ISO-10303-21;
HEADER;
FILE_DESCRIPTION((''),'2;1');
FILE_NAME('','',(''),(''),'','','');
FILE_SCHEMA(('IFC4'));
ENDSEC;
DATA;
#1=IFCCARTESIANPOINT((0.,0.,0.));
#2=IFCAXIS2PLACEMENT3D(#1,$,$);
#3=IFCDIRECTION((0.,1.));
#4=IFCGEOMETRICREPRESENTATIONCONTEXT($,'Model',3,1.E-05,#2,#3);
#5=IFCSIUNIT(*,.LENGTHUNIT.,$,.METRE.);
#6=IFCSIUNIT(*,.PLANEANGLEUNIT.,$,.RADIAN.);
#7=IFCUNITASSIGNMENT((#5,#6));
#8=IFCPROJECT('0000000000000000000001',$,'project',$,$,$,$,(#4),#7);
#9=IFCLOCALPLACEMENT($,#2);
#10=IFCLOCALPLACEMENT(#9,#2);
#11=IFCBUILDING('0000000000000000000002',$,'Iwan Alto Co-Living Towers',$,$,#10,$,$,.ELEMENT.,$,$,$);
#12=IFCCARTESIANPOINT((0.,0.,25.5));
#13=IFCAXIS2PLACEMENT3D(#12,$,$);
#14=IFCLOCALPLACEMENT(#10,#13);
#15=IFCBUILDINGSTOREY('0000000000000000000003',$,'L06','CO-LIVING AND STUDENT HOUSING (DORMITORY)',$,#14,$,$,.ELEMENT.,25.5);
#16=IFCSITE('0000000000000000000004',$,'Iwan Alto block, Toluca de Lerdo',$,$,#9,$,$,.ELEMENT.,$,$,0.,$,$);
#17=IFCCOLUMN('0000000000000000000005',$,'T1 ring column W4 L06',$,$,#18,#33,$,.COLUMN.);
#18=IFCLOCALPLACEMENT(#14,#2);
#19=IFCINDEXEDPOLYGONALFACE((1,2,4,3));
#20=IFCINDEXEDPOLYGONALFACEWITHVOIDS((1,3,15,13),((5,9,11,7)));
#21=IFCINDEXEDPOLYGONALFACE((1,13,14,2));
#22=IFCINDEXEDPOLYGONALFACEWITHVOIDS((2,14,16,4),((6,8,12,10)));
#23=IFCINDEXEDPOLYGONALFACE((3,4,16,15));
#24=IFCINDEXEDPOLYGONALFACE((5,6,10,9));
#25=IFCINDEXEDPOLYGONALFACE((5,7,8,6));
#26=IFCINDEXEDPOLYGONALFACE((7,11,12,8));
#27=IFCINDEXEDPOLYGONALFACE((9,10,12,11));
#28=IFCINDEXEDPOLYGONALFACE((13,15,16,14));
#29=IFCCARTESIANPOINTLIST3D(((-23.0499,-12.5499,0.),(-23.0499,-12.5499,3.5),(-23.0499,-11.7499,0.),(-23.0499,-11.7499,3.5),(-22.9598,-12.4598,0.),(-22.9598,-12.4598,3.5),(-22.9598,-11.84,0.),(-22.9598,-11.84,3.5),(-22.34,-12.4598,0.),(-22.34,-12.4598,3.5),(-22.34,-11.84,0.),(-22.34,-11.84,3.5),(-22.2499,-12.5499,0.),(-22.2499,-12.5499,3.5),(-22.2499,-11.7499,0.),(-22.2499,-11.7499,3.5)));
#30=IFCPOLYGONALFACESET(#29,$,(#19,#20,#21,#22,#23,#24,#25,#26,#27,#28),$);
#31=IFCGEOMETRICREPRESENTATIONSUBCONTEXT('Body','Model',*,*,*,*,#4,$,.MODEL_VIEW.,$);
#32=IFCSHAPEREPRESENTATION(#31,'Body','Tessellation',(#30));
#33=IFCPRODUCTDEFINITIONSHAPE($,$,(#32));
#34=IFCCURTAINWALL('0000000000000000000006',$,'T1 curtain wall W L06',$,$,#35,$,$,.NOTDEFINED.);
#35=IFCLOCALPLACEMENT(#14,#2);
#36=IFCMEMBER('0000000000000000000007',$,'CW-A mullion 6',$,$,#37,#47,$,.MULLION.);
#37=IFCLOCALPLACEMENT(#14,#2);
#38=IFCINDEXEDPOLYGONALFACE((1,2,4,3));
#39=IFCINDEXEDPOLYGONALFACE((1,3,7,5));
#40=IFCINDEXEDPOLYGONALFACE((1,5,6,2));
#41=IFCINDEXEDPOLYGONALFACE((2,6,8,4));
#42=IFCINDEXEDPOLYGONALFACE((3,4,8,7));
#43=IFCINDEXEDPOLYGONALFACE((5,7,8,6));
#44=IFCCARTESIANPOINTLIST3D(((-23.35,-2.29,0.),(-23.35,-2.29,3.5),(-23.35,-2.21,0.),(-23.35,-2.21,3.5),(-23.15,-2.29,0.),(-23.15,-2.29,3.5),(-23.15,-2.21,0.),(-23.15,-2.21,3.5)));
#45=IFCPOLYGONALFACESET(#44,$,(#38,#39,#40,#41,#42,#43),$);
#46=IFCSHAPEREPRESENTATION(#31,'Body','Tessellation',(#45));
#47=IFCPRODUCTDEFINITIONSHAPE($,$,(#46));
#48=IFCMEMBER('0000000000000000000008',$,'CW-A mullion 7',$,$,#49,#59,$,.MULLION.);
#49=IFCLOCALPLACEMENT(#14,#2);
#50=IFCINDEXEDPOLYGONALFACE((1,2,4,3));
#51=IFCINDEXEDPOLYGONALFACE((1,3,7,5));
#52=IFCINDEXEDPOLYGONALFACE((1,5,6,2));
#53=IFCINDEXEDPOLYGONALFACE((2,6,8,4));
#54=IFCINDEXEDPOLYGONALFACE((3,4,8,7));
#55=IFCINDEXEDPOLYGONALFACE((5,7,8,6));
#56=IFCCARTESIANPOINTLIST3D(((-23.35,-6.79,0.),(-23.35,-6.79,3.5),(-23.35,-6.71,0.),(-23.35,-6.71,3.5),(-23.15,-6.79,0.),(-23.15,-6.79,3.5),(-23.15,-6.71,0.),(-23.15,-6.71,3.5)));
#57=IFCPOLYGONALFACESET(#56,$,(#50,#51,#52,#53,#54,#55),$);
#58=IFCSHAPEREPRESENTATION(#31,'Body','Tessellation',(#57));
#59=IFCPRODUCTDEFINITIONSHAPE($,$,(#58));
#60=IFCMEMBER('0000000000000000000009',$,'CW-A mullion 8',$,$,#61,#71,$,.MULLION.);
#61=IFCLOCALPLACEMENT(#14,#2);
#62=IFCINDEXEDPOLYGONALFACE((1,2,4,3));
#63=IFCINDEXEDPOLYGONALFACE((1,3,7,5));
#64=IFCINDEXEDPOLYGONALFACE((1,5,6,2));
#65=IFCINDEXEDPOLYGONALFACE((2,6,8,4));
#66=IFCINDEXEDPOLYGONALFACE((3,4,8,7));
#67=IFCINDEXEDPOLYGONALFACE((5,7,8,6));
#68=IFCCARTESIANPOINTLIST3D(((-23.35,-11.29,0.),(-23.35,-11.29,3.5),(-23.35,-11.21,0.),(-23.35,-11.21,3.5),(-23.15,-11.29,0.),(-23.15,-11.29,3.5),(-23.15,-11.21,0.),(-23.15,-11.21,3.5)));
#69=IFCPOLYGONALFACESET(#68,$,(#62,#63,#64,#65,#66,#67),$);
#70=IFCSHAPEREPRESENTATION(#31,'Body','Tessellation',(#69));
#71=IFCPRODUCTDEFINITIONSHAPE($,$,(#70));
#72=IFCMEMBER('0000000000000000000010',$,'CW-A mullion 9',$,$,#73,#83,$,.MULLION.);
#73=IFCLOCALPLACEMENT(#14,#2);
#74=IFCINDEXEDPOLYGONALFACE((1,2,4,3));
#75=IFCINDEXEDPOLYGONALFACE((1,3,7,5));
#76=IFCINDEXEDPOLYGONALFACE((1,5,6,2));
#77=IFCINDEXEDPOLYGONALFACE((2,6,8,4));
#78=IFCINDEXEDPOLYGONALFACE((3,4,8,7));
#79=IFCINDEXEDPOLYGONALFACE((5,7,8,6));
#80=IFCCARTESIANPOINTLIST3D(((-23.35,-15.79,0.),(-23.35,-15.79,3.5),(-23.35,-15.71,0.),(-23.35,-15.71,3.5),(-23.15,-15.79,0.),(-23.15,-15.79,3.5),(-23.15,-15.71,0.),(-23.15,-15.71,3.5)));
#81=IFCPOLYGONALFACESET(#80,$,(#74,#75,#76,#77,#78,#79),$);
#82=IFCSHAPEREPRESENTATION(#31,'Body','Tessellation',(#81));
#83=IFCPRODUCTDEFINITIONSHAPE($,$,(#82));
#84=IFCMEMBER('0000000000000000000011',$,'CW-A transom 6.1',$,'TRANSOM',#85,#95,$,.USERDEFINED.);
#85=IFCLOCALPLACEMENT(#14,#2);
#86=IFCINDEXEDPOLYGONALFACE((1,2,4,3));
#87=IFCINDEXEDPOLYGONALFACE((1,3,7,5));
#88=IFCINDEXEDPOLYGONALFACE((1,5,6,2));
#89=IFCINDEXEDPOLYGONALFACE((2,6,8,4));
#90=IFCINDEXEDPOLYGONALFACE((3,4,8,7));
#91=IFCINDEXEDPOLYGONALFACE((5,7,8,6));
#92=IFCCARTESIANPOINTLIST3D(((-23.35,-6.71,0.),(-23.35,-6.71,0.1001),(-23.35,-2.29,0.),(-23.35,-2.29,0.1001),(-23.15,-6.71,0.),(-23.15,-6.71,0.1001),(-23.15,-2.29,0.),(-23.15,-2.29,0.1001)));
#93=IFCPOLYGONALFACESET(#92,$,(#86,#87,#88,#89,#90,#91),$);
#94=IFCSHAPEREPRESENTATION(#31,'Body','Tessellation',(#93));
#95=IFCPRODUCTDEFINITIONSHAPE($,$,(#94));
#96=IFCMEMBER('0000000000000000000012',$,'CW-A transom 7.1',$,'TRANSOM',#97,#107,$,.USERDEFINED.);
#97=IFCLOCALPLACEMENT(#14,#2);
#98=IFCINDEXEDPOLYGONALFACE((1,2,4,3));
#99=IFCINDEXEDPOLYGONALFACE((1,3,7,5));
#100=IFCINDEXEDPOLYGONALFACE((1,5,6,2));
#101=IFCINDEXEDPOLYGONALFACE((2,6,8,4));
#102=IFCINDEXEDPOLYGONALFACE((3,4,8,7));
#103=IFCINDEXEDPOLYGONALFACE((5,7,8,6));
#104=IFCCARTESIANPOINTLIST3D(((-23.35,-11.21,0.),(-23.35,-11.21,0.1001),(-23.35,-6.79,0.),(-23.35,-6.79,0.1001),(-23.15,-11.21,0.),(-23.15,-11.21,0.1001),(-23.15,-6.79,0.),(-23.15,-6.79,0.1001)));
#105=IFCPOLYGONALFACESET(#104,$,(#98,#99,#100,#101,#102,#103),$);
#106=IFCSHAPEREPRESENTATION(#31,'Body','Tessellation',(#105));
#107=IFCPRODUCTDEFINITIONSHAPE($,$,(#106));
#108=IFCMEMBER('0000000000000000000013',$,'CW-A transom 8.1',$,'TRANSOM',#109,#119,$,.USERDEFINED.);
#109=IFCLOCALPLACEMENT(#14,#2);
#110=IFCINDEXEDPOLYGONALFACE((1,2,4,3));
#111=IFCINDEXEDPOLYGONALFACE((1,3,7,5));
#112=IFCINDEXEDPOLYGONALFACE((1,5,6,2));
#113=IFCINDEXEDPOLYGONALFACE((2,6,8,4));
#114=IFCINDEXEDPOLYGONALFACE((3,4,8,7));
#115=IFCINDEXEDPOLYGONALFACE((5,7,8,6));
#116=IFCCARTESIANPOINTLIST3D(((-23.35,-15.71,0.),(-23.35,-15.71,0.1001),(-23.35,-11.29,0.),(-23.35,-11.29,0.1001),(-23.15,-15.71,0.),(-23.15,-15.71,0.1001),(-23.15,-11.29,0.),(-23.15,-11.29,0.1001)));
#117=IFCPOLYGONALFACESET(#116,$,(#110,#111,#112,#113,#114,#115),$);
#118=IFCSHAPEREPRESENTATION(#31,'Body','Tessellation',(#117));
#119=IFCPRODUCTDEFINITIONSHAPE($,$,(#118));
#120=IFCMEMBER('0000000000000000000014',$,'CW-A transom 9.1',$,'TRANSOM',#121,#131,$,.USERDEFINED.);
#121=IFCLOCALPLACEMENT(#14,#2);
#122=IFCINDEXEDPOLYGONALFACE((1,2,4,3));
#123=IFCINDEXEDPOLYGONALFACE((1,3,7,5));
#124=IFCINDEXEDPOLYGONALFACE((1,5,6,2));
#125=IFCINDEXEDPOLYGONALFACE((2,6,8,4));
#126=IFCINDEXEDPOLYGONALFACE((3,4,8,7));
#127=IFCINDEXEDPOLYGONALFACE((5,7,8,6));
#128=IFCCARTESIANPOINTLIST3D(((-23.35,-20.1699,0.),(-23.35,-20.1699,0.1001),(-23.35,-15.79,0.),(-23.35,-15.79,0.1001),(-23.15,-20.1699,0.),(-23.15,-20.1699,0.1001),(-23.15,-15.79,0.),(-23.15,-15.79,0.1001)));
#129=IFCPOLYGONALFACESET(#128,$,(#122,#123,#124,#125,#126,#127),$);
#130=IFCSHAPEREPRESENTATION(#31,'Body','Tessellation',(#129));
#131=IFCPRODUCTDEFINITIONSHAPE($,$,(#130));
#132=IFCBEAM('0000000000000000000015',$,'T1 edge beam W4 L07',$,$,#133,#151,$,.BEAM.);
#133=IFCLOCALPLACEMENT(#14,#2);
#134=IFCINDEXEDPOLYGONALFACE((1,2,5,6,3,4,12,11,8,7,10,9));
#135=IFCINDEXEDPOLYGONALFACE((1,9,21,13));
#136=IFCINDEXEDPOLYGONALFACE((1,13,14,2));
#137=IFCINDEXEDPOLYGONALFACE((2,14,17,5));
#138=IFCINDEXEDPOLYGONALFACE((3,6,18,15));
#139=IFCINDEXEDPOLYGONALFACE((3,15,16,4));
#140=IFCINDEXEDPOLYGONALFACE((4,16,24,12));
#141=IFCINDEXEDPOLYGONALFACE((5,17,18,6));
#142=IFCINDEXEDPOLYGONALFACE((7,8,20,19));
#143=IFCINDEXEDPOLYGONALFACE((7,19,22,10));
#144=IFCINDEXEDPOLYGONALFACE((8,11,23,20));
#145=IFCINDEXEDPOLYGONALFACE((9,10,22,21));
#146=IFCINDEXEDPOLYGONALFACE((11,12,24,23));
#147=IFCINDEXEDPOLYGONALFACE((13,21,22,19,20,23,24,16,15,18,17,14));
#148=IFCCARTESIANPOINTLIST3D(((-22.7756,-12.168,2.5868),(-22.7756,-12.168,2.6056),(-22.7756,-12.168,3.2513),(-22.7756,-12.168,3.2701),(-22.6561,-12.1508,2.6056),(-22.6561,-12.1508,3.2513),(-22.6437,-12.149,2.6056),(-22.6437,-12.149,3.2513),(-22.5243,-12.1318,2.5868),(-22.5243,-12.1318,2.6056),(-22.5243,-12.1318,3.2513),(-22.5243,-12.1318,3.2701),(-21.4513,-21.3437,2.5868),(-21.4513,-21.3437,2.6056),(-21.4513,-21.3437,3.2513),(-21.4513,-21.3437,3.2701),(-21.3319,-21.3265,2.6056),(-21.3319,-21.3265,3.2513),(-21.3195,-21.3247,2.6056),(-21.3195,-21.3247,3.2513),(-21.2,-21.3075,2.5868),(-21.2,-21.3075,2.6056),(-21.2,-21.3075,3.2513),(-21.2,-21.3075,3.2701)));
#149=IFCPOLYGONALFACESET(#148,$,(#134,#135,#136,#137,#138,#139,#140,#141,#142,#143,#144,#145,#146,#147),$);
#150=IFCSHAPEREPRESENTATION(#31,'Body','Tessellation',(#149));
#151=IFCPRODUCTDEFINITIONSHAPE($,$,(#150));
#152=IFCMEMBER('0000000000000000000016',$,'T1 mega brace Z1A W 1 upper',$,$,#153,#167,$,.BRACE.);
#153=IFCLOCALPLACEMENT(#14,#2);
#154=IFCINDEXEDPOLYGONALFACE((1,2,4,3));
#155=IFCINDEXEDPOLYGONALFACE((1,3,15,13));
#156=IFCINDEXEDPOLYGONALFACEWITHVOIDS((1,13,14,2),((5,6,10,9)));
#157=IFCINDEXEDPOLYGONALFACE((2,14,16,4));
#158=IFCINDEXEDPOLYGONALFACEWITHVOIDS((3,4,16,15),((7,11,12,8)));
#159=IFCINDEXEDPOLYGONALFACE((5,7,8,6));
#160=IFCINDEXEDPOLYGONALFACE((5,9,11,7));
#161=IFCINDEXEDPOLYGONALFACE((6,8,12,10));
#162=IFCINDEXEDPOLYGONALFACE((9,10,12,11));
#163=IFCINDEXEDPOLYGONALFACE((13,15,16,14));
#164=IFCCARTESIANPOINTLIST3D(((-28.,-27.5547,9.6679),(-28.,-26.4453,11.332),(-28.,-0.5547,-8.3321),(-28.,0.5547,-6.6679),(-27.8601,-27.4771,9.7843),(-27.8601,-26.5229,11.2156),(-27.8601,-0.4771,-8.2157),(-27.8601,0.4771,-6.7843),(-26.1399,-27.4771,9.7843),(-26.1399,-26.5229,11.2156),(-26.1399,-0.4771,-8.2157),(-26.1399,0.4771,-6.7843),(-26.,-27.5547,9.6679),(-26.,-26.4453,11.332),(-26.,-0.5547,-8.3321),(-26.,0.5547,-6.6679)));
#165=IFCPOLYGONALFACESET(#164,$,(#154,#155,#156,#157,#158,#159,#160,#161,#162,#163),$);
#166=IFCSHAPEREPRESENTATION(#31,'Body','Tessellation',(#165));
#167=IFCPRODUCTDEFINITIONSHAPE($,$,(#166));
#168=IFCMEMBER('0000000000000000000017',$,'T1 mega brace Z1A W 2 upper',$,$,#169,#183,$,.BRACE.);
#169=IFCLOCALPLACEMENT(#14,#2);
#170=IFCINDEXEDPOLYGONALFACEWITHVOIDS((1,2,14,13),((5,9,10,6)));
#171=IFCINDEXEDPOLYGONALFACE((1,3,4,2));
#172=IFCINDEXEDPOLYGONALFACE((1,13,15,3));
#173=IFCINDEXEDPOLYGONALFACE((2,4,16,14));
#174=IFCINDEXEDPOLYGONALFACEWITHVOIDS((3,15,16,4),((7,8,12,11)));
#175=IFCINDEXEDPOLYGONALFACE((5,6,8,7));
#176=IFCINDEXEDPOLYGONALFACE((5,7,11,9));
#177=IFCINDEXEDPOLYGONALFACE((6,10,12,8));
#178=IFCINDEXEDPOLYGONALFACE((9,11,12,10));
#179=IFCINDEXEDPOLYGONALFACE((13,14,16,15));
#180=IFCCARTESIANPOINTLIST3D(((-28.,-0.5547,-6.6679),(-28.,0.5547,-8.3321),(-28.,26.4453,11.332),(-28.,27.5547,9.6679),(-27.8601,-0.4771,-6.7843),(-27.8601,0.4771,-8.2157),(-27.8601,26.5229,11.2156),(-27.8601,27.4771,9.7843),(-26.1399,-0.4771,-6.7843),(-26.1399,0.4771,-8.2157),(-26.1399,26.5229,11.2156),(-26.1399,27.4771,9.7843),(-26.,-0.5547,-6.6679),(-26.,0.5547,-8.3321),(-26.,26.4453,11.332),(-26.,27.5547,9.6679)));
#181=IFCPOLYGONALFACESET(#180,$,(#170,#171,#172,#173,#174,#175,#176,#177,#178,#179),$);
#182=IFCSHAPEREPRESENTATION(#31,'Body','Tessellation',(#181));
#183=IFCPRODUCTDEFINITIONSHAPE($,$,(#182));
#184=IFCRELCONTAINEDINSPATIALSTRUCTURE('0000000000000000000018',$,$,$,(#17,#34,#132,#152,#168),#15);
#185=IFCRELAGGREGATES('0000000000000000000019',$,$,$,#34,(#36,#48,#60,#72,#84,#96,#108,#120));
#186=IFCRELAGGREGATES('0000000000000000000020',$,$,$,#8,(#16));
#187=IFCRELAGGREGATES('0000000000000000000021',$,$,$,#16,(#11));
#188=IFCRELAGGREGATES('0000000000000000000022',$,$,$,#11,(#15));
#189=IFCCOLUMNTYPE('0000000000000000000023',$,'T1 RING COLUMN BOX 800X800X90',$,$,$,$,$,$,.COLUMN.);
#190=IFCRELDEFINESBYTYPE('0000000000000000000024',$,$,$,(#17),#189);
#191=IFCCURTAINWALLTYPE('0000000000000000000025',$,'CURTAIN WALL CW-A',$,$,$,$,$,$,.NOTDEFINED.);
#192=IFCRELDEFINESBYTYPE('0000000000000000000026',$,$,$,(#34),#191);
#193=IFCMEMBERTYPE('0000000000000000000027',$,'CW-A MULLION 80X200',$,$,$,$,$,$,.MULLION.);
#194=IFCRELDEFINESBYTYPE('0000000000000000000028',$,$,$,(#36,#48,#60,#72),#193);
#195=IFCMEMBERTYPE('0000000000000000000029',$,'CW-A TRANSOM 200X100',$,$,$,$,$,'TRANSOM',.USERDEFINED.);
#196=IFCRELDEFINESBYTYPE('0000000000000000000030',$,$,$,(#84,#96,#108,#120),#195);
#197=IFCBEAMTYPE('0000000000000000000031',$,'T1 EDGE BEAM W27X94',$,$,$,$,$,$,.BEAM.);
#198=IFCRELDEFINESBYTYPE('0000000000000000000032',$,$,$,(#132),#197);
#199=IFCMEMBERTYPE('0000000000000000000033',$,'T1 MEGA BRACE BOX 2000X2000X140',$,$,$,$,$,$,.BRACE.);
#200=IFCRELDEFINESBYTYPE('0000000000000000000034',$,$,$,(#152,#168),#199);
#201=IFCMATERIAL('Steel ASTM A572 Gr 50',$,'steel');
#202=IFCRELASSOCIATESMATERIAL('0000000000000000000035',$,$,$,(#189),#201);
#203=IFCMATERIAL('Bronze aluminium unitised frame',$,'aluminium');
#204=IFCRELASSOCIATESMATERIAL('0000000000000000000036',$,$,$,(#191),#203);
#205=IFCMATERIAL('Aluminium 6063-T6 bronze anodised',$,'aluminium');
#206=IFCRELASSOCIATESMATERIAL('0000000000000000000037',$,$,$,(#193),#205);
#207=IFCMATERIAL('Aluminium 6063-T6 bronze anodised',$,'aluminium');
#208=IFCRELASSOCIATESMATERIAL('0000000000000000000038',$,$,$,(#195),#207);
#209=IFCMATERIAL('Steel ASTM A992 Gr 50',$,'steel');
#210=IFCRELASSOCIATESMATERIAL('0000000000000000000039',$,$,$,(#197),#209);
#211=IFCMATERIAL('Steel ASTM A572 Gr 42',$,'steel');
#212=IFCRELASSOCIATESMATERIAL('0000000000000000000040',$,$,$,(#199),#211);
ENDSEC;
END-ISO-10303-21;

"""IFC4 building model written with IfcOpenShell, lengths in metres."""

from ifc_helpers import new_model, si_unit, direction, frame, origin, origin_2d, place, context, subcontext, project, spatial, rectangle, hollow_rectangle, i_section, extrude, material, material_profile, profile_set, type_object, element, aggregate, save


model = new_model("IFC4")

# Units and contexts
model_context = context("Model", 3, precision=1e-05, world=origin(), true_north=direction((0.0, 1.0)))
body_context = subcontext(model_context, "Body", "Model", "MODEL_VIEW")
ifc_project = project(units=[si_unit("LENGTHUNIT", "METRE"), si_unit("PLANEANGLEUNIT", "RADIAN")], contexts=[model_context])

# Site, building, storey
site_placement = place(None, origin())
site = spatial("IfcSite", under=ifc_project, at=site_placement, Name="Iwan Alto block, Toluca de Lerdo", CompositionType="ELEMENT", RefElevation=0.0)
building_placement = place(site_placement, origin())
building = spatial("IfcBuilding", under=site, at=building_placement, Name="Iwan Alto Co-Living Towers", CompositionType="ELEMENT")
storey_placement = place(building_placement, frame((0.0, 0.0, 25.5)))
storey = spatial("IfcBuildingStorey", under=building, at=storey_placement, Name="L06", Description="CO-LIVING AND STUDENT HOUSING (DORMITORY)", CompositionType="ELEMENT", Elevation=25.5)

# Column
ifc_material_1 = material(Name="Steel ASTM A572 Gr 50", Category="steel")
ifc_material_profile_1 = material_profile(ifc_material_1, hollow_rectangle(XDim=0.8, YDim=0.8, WallThickness=0.0901, at=origin_2d()), Name="BOX 800X800X90")
ifc_profile_set_1 = profile_set([ifc_material_profile_1], Name="Steel ASTM A572 Gr 50")
column_type = type_object("IfcColumnType", Name="T1 RING COLUMN BOX 800X800X90", PredefinedType="COLUMN", material=ifc_profile_set_1)
column_placement = place(storey_placement, frame((-22.6499, -12.1499, 0.0), z_axis=(0.0, 0.0, 1.0), x_axis=(1.0, 0.0, 0.0)))
element("IfcColumn", 1, at=column_placement, inside=storey, type_object=column_type, Name="T1 ring column W4 L06", PredefinedType="COLUMN", context=body_context, shape_type="SweptSolid", body=[
    extrude(hollow_rectangle(XDim=0.8, YDim=0.8, WallThickness=0.0901, at=origin_2d()), origin(), (0.0, 0.0, 1.0), 3.5),
])

# Curtain wall, members
ifc_material_2 = material(Name="Bronze aluminium unitised frame", Category="aluminium")
curtain_wall_type = type_object("IfcCurtainWallType", Name="CURTAIN WALL CW-A", PredefinedType="NOTDEFINED", material=ifc_material_2)
curtain_wall_placement = place(storey_placement, origin())
curtain_wall = element("IfcCurtainWall", 2, at=curtain_wall_placement, inside=storey, type_object=curtain_wall_type, Name="T1 curtain wall W L06", PredefinedType="NOTDEFINED")
ifc_material_3 = material(Name="Aluminium 6063-T6 bronze anodised", Category="aluminium")
ifc_material_profile_2 = material_profile(ifc_material_3, rectangle(XDim=0.2, YDim=0.0801, at=origin_2d()), Name="AL 80X200")
ifc_profile_set_2 = profile_set([ifc_material_profile_2], Name="Aluminium 6063-T6 bronze anodised")
member_type_1 = type_object("IfcMemberType", Name="CW-A MULLION 80X200", PredefinedType="MULLION", material=ifc_profile_set_2)
member_1_placement = place(storey_placement, frame((-23.25, -2.25, 0.0), z_axis=(0.0, 0.0, 1.0), x_axis=(1.0, 0.0, 0.0)))
member_1 = element("IfcMember", 3, at=member_1_placement, type_object=member_type_1, Name="CW-A mullion 6", PredefinedType="MULLION", context=body_context, shape_type="SweptSolid", body=[
    extrude(rectangle(XDim=0.2, YDim=0.0801, at=origin_2d()), origin(), (0.0, 0.0, 1.0), 3.5),
])
member_2_placement = place(storey_placement, frame((-23.25, -6.75, 0.0), z_axis=(0.0, 0.0, 1.0), x_axis=(1.0, 0.0, 0.0)))
member_2 = element("IfcMember", 4, at=member_2_placement, type_object=member_type_1, Name="CW-A mullion 7", PredefinedType="MULLION", context=body_context, shape_type="SweptSolid", body=[
    extrude(rectangle(XDim=0.2, YDim=0.0801, at=origin_2d()), origin(), (0.0, 0.0, 1.0), 3.5),
])
member_3_placement = place(storey_placement, frame((-23.25, -11.25, 0.0), z_axis=(0.0, 0.0, 1.0), x_axis=(1.0, 0.0, 0.0)))
member_3 = element("IfcMember", 5, at=member_3_placement, type_object=member_type_1, Name="CW-A mullion 8", PredefinedType="MULLION", context=body_context, shape_type="SweptSolid", body=[
    extrude(rectangle(XDim=0.2, YDim=0.0801, at=origin_2d()), origin(), (0.0, 0.0, 1.0), 3.5),
])
member_4_placement = place(storey_placement, frame((-23.25, -15.75, 0.0), z_axis=(0.0, 0.0, 1.0), x_axis=(1.0, 0.0, 0.0)))
member_4 = element("IfcMember", 6, at=member_4_placement, type_object=member_type_1, Name="CW-A mullion 9", PredefinedType="MULLION", context=body_context, shape_type="SweptSolid", body=[
    extrude(rectangle(XDim=0.2, YDim=0.0801, at=origin_2d()), origin(), (0.0, 0.0, 1.0), 3.5),
])
ifc_material_4 = material(Name="Aluminium 6063-T6 bronze anodised", Category="aluminium")
ifc_material_profile_3 = material_profile(ifc_material_4, rectangle(XDim=0.2, YDim=0.1001, at=origin_2d()), Name="AL 200X100")
ifc_profile_set_3 = profile_set([ifc_material_profile_3], Name="Aluminium 6063-T6 bronze anodised")
member_type_2 = type_object("IfcMemberType", Name="CW-A TRANSOM 200X100", ElementType="TRANSOM", PredefinedType="USERDEFINED", material=ifc_profile_set_3)
member_5_placement = place(storey_placement, frame((-23.25, -2.29, 0.05), z_axis=(0.0, -1.0, 0.0), x_axis=(1.0, 0.0, 0.0)))
member_5 = element("IfcMember", 7, at=member_5_placement, type_object=member_type_2, Name="CW-A transom 6.1", ObjectType="TRANSOM", PredefinedType="USERDEFINED", context=body_context, shape_type="SweptSolid", body=[
    extrude(rectangle(XDim=0.2, YDim=0.1001, at=origin_2d()), origin(), (0.0, 0.0, 1.0), 4.4199),
])
member_6_placement = place(storey_placement, frame((-23.25, -6.79, 0.05), z_axis=(0.0, -1.0, 0.0), x_axis=(1.0, 0.0, 0.0)))
member_6 = element("IfcMember", 8, at=member_6_placement, type_object=member_type_2, Name="CW-A transom 7.1", ObjectType="TRANSOM", PredefinedType="USERDEFINED", context=body_context, shape_type="SweptSolid", body=[
    extrude(rectangle(XDim=0.2, YDim=0.1001, at=origin_2d()), origin(), (0.0, 0.0, 1.0), 4.4199),
])
member_7_placement = place(storey_placement, frame((-23.25, -11.29, 0.05), z_axis=(0.0, -1.0, 0.0), x_axis=(1.0, 0.0, 0.0)))
member_7 = element("IfcMember", 9, at=member_7_placement, type_object=member_type_2, Name="CW-A transom 8.1", ObjectType="TRANSOM", PredefinedType="USERDEFINED", context=body_context, shape_type="SweptSolid", body=[
    extrude(rectangle(XDim=0.2, YDim=0.1001, at=origin_2d()), origin(), (0.0, 0.0, 1.0), 4.4199),
])
member_8_placement = place(storey_placement, frame((-23.25, -15.79, 0.05), z_axis=(0.0, -1.0, 0.0), x_axis=(1.0, 0.0, 0.0)))
member_8 = element("IfcMember", 10, at=member_8_placement, type_object=member_type_2, Name="CW-A transom 9.1", ObjectType="TRANSOM", PredefinedType="USERDEFINED", context=body_context, shape_type="SweptSolid", body=[
    extrude(rectangle(XDim=0.2, YDim=0.1001, at=origin_2d()), origin(), (0.0, 0.0, 1.0), 4.3799),
])

# Beam
ifc_material_5 = material(Name="Steel ASTM A992 Gr 50", Category="steel")
ifc_material_profile_4 = material_profile(ifc_material_5, i_section(OverallWidth=0.2539, OverallDepth=0.6833, WebThickness=0.0125, FlangeThickness=0.0188, at=origin_2d()), Name="W27X94")
ifc_profile_set_4 = profile_set([ifc_material_profile_4], Name="Steel ASTM A992 Gr 50")
beam_type = type_object("IfcBeamType", Name="T1 EDGE BEAM W27X94", PredefinedType="BEAM", material=ifc_profile_set_4)
beam_placement = place(storey_placement, frame((-22.6499, -12.1499, 2.9285), z_axis=(0.142837, -0.989746, 0.0), x_axis=(0.989746, 0.142837, 0.0)))
element("IfcBeam", 11, at=beam_placement, inside=storey, type_object=beam_type, Name="T1 edge beam W4 L07", PredefinedType="BEAM", context=body_context, shape_type="SweptSolid", body=[
    extrude(i_section(OverallWidth=0.2539, OverallDepth=0.6833, WebThickness=0.0125, FlangeThickness=0.0188, at=origin_2d()), origin(), (0.0, 0.0, 1.0), 9.2708),
])

# Members
ifc_material_6 = material(Name="Steel ASTM A572 Gr 42", Category="steel")
ifc_material_profile_5 = material_profile(ifc_material_6, hollow_rectangle(XDim=2.0, YDim=2.0, WallThickness=0.1399, at=origin_2d()), Name="BOX 2000X2000X140")
ifc_profile_set_5 = profile_set([ifc_material_profile_5], Name="Steel ASTM A572 Gr 42")
member_type_3 = type_object("IfcMemberType", Name="T1 MEGA BRACE BOX 2000X2000X140", PredefinedType="BRACE", material=ifc_profile_set_5)
for number, where, z_axis, x_axis, name in (
    (12, (-27.0, 0.0, -7.5), (0.0, -0.83205, 0.5547), (1.0, 0.0, 0.0), "T1 mega brace Z1A W 1 upper"),
    (13, (-27.0, 0.0, -7.5), (0.0, 0.83205, 0.5547), (-1.0, 0.0, 0.0), "T1 mega brace Z1A W 2 upper"),
):
    element("IfcMember", number, at=place(storey_placement, frame(where, z_axis=z_axis, x_axis=x_axis)), inside=storey, type_object=member_type_3, Name=name, PredefinedType="BRACE", context=body_context, shape_type="SweptSolid", body=[
        extrude(hollow_rectangle(XDim=2.0, YDim=2.0, WallThickness=0.1399, at=origin_2d()), origin(), (0.0, 0.0, 1.0), 32.45),
    ])

aggregate(curtain_wall, [member_1, member_2, member_3, member_4, member_5, member_6, member_7, member_8])

save(model, "model.ifc")
